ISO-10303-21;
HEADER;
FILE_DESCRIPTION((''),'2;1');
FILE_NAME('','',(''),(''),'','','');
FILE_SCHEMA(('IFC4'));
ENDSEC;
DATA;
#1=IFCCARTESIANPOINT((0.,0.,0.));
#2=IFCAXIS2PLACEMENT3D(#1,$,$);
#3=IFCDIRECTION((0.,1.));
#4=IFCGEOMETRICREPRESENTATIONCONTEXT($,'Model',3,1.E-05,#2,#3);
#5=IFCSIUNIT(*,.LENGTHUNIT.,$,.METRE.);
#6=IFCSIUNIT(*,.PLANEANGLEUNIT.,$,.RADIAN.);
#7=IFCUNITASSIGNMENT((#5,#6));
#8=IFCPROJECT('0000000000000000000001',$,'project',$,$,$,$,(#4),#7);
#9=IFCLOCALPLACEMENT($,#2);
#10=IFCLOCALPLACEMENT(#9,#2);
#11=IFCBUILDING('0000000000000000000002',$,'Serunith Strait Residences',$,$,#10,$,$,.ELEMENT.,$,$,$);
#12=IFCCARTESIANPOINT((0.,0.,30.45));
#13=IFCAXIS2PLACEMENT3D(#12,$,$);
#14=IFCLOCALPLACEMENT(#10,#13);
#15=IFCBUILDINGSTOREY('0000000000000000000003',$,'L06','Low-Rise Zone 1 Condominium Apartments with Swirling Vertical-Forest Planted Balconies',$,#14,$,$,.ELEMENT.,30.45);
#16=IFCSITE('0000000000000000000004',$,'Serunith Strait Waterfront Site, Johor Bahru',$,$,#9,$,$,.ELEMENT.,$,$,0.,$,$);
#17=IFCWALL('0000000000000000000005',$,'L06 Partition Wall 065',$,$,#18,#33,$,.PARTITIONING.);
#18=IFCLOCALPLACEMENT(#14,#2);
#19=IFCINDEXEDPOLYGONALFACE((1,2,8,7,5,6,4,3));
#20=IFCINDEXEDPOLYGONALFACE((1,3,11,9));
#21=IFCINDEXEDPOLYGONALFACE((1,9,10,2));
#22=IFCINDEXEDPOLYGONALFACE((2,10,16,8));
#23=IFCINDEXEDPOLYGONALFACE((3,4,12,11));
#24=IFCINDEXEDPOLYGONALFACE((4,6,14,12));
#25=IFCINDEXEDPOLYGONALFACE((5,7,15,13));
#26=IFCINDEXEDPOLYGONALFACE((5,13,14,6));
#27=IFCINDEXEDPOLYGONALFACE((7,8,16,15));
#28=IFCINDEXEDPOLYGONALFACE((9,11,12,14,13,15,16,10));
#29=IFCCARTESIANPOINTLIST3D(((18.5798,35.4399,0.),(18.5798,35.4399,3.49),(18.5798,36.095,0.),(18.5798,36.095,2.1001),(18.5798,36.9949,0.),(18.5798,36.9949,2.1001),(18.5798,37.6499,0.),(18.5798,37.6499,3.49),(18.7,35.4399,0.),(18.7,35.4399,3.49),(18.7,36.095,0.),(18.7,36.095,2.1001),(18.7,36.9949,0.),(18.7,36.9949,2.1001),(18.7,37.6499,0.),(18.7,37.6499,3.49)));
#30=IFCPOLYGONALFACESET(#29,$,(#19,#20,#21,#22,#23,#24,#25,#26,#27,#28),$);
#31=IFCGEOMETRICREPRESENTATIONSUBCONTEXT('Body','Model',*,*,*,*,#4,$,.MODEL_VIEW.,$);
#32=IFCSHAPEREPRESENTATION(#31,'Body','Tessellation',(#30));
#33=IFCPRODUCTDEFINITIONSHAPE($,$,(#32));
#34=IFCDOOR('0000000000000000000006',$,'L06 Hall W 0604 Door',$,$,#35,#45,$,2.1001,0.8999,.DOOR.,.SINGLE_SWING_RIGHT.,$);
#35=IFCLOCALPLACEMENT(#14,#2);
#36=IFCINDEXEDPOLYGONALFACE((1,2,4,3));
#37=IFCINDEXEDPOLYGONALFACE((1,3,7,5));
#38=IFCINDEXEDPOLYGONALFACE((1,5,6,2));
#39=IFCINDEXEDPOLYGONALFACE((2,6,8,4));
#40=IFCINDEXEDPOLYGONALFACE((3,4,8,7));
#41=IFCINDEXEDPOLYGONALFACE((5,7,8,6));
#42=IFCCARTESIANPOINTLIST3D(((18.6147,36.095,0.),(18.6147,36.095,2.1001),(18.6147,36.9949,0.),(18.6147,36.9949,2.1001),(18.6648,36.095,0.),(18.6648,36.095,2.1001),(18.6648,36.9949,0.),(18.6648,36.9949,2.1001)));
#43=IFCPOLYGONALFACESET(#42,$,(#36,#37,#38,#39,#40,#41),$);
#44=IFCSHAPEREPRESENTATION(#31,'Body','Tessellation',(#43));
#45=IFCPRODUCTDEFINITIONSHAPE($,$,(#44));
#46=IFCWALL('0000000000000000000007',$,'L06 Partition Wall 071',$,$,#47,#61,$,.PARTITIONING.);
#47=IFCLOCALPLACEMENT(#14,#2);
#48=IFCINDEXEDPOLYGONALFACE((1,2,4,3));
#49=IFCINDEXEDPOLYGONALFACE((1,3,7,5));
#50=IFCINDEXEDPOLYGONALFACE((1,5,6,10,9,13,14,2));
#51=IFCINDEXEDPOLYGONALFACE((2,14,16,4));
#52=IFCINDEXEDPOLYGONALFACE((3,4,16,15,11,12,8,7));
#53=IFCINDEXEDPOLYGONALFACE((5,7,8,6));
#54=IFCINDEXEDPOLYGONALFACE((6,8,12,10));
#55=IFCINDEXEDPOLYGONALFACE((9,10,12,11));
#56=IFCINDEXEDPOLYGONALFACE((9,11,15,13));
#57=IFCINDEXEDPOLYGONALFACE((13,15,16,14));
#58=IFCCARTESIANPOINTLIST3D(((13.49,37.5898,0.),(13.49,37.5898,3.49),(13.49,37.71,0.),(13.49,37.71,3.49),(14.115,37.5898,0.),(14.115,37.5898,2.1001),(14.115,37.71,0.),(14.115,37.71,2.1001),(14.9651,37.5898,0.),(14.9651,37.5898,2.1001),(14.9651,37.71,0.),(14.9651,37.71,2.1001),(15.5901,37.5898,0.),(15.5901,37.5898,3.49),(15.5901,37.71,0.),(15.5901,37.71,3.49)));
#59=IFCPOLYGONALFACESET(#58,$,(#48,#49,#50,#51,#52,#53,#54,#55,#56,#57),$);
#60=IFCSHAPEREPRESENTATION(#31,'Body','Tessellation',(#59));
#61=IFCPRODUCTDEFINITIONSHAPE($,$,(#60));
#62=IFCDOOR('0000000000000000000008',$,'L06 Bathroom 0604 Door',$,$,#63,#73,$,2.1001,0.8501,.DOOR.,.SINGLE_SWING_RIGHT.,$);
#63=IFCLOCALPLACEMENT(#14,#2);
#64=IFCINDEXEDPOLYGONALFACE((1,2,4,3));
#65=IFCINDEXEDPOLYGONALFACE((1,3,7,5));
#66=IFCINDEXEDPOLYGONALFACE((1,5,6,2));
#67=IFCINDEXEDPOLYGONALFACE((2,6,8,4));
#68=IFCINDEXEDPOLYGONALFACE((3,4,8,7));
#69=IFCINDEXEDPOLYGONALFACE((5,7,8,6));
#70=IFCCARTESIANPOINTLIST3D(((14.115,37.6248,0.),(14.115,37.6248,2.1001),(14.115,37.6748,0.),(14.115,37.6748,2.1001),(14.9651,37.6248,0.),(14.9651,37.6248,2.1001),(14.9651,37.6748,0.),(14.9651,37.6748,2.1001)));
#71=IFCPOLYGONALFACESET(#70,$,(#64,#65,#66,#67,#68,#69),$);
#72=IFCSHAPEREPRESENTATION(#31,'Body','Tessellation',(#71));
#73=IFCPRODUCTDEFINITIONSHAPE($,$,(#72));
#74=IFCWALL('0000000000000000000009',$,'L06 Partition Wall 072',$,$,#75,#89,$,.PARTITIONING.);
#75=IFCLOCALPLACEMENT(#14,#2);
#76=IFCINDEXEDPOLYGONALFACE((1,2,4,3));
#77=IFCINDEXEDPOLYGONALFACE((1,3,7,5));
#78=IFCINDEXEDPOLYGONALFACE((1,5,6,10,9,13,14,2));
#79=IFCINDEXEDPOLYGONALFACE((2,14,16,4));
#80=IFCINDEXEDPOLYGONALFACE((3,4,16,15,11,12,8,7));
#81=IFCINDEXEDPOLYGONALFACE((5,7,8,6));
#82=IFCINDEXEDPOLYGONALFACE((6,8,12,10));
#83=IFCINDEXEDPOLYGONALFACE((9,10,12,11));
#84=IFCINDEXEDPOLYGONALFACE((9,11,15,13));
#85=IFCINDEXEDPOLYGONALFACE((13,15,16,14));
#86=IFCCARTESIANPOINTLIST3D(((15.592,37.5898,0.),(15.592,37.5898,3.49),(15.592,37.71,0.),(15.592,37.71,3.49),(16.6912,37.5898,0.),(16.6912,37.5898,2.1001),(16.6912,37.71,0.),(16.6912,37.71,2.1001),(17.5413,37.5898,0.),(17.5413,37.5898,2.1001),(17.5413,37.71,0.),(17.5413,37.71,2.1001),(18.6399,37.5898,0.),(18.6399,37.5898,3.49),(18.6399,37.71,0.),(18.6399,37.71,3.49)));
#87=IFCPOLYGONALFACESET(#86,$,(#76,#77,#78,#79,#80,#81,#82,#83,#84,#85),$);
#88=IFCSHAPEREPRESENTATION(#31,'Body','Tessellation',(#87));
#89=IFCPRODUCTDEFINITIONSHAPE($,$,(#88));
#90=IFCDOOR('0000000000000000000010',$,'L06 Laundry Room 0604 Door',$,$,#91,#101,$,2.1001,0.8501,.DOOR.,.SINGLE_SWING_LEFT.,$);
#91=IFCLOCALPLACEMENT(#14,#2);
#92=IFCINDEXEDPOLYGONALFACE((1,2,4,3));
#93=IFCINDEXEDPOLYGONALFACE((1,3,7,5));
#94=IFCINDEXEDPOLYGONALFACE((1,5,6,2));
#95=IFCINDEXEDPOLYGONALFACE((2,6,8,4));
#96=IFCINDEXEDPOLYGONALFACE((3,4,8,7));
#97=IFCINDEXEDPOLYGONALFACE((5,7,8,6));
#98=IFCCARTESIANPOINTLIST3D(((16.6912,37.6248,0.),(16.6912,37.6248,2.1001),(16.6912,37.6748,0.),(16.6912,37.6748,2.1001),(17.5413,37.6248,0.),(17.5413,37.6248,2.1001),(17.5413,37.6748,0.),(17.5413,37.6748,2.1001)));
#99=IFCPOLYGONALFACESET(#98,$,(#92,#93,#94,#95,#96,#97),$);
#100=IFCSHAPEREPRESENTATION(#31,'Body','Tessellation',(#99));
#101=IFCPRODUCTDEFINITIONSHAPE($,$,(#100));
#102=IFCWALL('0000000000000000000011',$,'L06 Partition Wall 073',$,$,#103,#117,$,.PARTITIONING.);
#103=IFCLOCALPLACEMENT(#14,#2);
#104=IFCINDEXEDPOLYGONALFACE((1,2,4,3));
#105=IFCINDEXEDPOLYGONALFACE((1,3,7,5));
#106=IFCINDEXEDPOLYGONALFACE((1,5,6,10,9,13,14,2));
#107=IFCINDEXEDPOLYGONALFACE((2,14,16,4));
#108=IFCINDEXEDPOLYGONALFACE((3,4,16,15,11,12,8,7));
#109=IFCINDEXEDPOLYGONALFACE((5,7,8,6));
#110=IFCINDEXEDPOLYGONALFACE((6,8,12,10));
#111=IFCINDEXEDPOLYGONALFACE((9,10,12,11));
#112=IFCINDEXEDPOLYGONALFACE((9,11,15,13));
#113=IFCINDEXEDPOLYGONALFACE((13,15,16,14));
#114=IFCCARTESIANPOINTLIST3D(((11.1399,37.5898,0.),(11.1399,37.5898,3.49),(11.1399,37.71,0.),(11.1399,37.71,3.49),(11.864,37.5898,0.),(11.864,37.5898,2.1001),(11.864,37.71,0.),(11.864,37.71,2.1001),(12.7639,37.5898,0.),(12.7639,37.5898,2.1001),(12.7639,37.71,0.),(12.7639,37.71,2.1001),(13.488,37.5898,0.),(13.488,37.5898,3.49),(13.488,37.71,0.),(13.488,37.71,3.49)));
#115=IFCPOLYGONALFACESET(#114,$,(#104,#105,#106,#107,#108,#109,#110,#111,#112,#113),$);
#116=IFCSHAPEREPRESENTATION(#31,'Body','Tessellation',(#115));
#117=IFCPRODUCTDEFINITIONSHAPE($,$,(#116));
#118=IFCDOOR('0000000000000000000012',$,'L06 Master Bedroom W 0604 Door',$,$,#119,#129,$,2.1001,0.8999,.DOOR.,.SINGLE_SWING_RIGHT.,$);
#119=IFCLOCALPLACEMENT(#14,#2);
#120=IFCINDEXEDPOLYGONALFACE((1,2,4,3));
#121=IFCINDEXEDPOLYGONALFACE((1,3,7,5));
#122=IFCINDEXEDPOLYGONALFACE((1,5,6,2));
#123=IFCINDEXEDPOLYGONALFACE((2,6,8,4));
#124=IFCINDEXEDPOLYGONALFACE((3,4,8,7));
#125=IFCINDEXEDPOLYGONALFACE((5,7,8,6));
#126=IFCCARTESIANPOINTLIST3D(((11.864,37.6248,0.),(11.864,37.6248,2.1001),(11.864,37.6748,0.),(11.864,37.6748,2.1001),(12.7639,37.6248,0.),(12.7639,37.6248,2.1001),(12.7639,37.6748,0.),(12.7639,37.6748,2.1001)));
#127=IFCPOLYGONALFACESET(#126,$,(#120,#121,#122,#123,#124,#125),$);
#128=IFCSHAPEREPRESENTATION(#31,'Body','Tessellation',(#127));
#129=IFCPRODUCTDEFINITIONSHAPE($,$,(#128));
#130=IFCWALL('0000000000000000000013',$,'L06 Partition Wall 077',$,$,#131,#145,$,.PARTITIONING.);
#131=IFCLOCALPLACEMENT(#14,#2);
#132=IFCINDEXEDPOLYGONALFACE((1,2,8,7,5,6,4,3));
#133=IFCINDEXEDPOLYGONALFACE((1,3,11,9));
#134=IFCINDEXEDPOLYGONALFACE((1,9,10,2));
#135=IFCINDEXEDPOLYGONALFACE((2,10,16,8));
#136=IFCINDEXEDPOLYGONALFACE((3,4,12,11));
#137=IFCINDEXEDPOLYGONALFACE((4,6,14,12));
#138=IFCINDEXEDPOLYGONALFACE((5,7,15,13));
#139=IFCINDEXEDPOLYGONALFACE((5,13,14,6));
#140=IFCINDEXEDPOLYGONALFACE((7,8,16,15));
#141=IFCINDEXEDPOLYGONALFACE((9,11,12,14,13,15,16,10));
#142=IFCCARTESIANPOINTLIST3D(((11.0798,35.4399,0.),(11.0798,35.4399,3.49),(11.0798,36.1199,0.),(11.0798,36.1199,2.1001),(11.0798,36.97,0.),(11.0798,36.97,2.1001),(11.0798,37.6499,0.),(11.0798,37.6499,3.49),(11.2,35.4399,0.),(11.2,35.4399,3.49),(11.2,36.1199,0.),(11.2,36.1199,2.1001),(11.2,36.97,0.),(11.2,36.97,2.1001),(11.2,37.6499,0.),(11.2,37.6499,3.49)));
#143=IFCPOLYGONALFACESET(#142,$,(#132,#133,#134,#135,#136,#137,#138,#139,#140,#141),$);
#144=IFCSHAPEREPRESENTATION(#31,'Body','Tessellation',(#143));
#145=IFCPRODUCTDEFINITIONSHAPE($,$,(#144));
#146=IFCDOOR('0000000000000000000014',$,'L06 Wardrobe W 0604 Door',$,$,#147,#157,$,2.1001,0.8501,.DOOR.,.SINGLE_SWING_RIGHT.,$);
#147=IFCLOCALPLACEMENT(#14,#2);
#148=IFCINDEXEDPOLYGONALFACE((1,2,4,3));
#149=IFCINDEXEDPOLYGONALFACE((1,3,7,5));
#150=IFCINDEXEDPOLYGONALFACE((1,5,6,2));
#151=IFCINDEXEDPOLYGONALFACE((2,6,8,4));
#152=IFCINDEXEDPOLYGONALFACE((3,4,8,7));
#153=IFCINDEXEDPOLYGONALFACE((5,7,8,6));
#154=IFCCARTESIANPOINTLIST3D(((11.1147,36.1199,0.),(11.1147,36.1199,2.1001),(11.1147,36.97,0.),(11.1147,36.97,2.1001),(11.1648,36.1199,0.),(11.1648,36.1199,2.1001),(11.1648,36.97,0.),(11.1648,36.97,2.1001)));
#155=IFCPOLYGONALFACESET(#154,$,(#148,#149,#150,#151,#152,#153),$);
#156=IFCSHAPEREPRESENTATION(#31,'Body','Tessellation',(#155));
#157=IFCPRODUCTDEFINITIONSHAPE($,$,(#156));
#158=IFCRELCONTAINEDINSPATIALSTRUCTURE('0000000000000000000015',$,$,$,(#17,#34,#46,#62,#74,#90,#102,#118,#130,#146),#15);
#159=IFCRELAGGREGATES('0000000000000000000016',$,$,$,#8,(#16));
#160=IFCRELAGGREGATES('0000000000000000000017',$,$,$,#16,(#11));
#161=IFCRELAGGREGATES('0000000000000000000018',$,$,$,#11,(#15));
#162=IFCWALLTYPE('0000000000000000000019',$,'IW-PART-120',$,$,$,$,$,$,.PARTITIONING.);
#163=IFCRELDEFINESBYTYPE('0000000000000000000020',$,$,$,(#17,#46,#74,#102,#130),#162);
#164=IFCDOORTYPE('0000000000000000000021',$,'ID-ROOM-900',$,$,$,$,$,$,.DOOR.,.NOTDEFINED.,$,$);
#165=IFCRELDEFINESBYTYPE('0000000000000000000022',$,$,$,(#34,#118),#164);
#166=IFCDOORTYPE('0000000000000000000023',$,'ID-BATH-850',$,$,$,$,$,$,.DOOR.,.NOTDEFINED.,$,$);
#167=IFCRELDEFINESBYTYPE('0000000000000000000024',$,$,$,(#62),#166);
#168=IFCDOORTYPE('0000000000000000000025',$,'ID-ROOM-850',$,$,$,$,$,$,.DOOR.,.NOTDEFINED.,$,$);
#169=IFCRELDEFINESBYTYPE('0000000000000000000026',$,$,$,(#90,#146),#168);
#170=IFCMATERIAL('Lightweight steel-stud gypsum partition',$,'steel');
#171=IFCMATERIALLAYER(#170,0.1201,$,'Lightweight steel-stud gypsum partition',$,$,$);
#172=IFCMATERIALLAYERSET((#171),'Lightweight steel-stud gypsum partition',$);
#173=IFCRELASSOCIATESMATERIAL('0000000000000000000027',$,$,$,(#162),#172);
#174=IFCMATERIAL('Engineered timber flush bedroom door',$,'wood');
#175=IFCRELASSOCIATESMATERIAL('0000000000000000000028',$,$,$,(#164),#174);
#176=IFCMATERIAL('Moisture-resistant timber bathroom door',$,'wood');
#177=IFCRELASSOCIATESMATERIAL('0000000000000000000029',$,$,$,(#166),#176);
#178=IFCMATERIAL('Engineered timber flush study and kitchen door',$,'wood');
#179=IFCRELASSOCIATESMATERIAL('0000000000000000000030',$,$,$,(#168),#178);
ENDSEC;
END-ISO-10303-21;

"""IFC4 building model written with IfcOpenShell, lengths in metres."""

from ifc_helpers import new_model, si_unit, direction, frame, frame_2d, origin, place, context, subcontext, project, spatial, rectangle, extrude, source, transform, mapped, material, layer, layer_set, type_object, element, fill, save


model = new_model("IFC4")

# Units and contexts
model_context = context("Model", 3, precision=1e-05, world=origin(), true_north=direction((0.0, 1.0)))
body_context = subcontext(model_context, "Body", "Model", "MODEL_VIEW")
ifc_project = project(units=[si_unit("LENGTHUNIT", "METRE"), si_unit("PLANEANGLEUNIT", "RADIAN")], contexts=[model_context])

# Site, building, storey
site_placement = place(None, origin())
site = spatial("IfcSite", under=ifc_project, at=site_placement, Name="Serunith Strait Waterfront Site, Johor Bahru", CompositionType="ELEMENT", RefElevation=0.0)
building_placement = place(site_placement, origin())
building = spatial("IfcBuilding", under=site, at=building_placement, Name="Serunith Strait Residences", CompositionType="ELEMENT")
storey_placement = place(building_placement, frame((0.0, 0.0, 30.45)))
storey = spatial("IfcBuildingStorey", under=building, at=storey_placement, Name="L06", Description="Low-Rise Zone 1 Condominium Apartments with Swirling Vertical-Forest Planted Balconies", CompositionType="ELEMENT", Elevation=30.45)

# Walls, openings, doors
ifc_material_1 = material(Name="Lightweight steel-stud gypsum partition", Category="steel")
ifc_layer_1 = layer(ifc_material_1, 0.1201, Name="Lightweight steel-stud gypsum partition")
ifc_layer_set_1 = layer_set([ifc_layer_1], Name="Lightweight steel-stud gypsum partition")
wall_type_1 = type_object("IfcWallType", Name="IW-PART-120", PredefinedType="PARTITIONING", material=ifc_layer_set_1)
wall_1_placement = place(storey_placement, frame((18.6399, 37.6499, 0.0), z_axis=(0.0, 0.0, 1.0), x_axis=(0.0, -1.0, 0.0)))
wall_1 = element("IfcWall", 1, at=wall_1_placement, inside=storey, type_object=wall_type_1, Name="L06 Partition Wall 065", PredefinedType="PARTITIONING", context=body_context, shape_type="SweptSolid", body=[
    extrude(rectangle(XDim=2.21, YDim=0.1201, at=frame_2d((1.105, 0.0))), origin(), (0.0, 0.0, 1.0), 3.49),
])
opening_1_placement = place(wall_1_placement, frame((0.655, 0.0, 0.0)))
opening_1 = element("IfcOpeningElement", 2, at=opening_1_placement, cuts=wall_1, PredefinedType="OPENING", context=body_context, shape_type="SweptSolid", body=[
    extrude(rectangle(XDim=0.8999, YDim=2.1001, at=frame_2d((0.45, 1.05))), frame((0.0, 0.0701, 0.0), z_axis=(0.0, -1.0, 0.0), x_axis=(1.0, 0.0, 0.0)), (0.0, 0.0, 1.0), 0.1401),
])
ifc_material_2 = material(Name="Engineered timber flush bedroom door", Category="wood")
door_type_1 = type_object("IfcDoorType", Name="ID-ROOM-900", OperationType="NOTDEFINED", PredefinedType="DOOR", material=ifc_material_2)
shared_shape_1 = source(origin(), body_context, "Body", "SweptSolid", [
    extrude(rectangle(XDim=0.8999, YDim=2.1001, at=frame_2d((0.45, 1.05))), frame((0.0, 0.0249, 0.0), z_axis=(0.0, -1.0, 0.0), x_axis=(1.0, 0.0, 0.0)), (0.0, 0.0, 1.0), 0.05),
])
door_1_placement = place(opening_1_placement, origin())
door_1 = element("IfcDoor", 3, at=door_1_placement, inside=storey, type_object=door_type_1, Name="L06 Hall W 0604 Door", OperationType="SINGLE_SWING_RIGHT", OverallHeight=2.1001, OverallWidth=0.8999, PredefinedType="DOOR", context=body_context, shape_type="MappedRepresentation", body=[
    mapped(shared_shape_1, transform((0.0, 0.0, 0.0), scale=1.0)),
])
fill(opening_1, door_1)
wall_2_placement = place(storey_placement, frame((13.49, 37.6499, 0.0), z_axis=(0.0, 0.0, 1.0), x_axis=(1.0, 0.0, 0.0)))
wall_2 = element("IfcWall", 4, at=wall_2_placement, inside=storey, type_object=wall_type_1, Name="L06 Partition Wall 071", PredefinedType="PARTITIONING", context=body_context, shape_type="SweptSolid", body=[
    extrude(rectangle(XDim=2.1001, YDim=0.1201, at=frame_2d((1.05, 0.0))), origin(), (0.0, 0.0, 1.0), 3.49),
])
opening_2_placement = place(wall_2_placement, frame((0.625, 0.0, 0.0)))
opening_2 = element("IfcOpeningElement", 5, at=opening_2_placement, cuts=wall_2, PredefinedType="OPENING", context=body_context, shape_type="SweptSolid", body=[
    extrude(rectangle(XDim=0.8501, YDim=2.1001, at=frame_2d((0.425, 1.05))), frame((0.0, 0.0701, 0.0), z_axis=(0.0, -1.0, 0.0), x_axis=(1.0, 0.0, 0.0)), (0.0, 0.0, 1.0), 0.1401),
])
ifc_material_3 = material(Name="Moisture-resistant timber bathroom door", Category="wood")
door_type_2 = type_object("IfcDoorType", Name="ID-BATH-850", OperationType="NOTDEFINED", PredefinedType="DOOR", material=ifc_material_3)
shared_shape_2 = source(origin(), body_context, "Body", "SweptSolid", [
    extrude(rectangle(XDim=0.8501, YDim=2.1001, at=frame_2d((0.425, 1.05))), frame((0.0, 0.0249, 0.0), z_axis=(0.0, -1.0, 0.0), x_axis=(1.0, 0.0, 0.0)), (0.0, 0.0, 1.0), 0.05),
])
door_2_placement = place(opening_2_placement, origin())
door_2 = element("IfcDoor", 6, at=door_2_placement, inside=storey, type_object=door_type_2, Name="L06 Bathroom 0604 Door", OperationType="SINGLE_SWING_RIGHT", OverallHeight=2.1001, OverallWidth=0.8501, PredefinedType="DOOR", context=body_context, shape_type="MappedRepresentation", body=[
    mapped(shared_shape_2, transform((0.0, 0.0, 0.0), scale=1.0)),
])
fill(opening_2, door_2)
wall_3_placement = place(storey_placement, frame((15.592, 37.6499, 0.0), z_axis=(0.0, 0.0, 1.0), x_axis=(1.0, 0.0, 0.0)))
wall_3 = element("IfcWall", 7, at=wall_3_placement, inside=storey, type_object=wall_type_1, Name="L06 Partition Wall 072", PredefinedType="PARTITIONING", context=body_context, shape_type="SweptSolid", body=[
    extrude(rectangle(XDim=3.0479, YDim=0.1201, at=frame_2d((1.5239, 0.0))), origin(), (0.0, 0.0, 1.0), 3.49),
])
opening_3_placement = place(wall_3_placement, frame((1.0991, 0.0, 0.0)))
opening_3 = element("IfcOpeningElement", 8, at=opening_3_placement, cuts=wall_3, PredefinedType="OPENING", context=body_context, shape_type="SweptSolid", body=[
    extrude(rectangle(XDim=0.8501, YDim=2.1001, at=frame_2d((0.425, 1.05))), frame((0.0, 0.0701, 0.0), z_axis=(0.0, -1.0, 0.0), x_axis=(1.0, 0.0, 0.0)), (0.0, 0.0, 1.0), 0.1401),
])
ifc_material_4 = material(Name="Engineered timber flush study and kitchen door", Category="wood")
door_type_3 = type_object("IfcDoorType", Name="ID-ROOM-850", OperationType="NOTDEFINED", PredefinedType="DOOR", material=ifc_material_4)
door_3_placement = place(opening_3_placement, origin())
door_3 = element("IfcDoor", 9, at=door_3_placement, inside=storey, type_object=door_type_3, Name="L06 Laundry Room 0604 Door", OperationType="SINGLE_SWING_LEFT", OverallHeight=2.1001, OverallWidth=0.8501, PredefinedType="DOOR", context=body_context, shape_type="MappedRepresentation", body=[
    mapped(shared_shape_2, transform((0.0, 0.0, 0.0), scale=1.0)),
])
fill(opening_3, door_3)
wall_4_placement = place(storey_placement, frame((11.1399, 37.6499, 0.0), z_axis=(0.0, 0.0, 1.0), x_axis=(1.0, 0.0, 0.0)))
wall_4 = element("IfcWall", 10, at=wall_4_placement, inside=storey, type_object=wall_type_1, Name="L06 Partition Wall 073", PredefinedType="PARTITIONING", context=body_context, shape_type="SweptSolid", body=[
    extrude(rectangle(XDim=2.3481, YDim=0.1201, at=frame_2d((1.1741, 0.0))), origin(), (0.0, 0.0, 1.0), 3.49),
])
opening_4_placement = place(wall_4_placement, frame((0.7241, 0.0, 0.0)))
opening_4 = element("IfcOpeningElement", 11, at=opening_4_placement, cuts=wall_4, PredefinedType="OPENING", context=body_context, shape_type="SweptSolid", body=[
    extrude(rectangle(XDim=0.8999, YDim=2.1001, at=frame_2d((0.45, 1.05))), frame((0.0, 0.0701, 0.0), z_axis=(0.0, -1.0, 0.0), x_axis=(1.0, 0.0, 0.0)), (0.0, 0.0, 1.0), 0.1401),
])
door_4_placement = place(opening_4_placement, origin())
door_4 = element("IfcDoor", 12, at=door_4_placement, inside=storey, type_object=door_type_1, Name="L06 Master Bedroom W 0604 Door", OperationType="SINGLE_SWING_RIGHT", OverallHeight=2.1001, OverallWidth=0.8999, PredefinedType="DOOR", context=body_context, shape_type="MappedRepresentation", body=[
    mapped(shared_shape_1, transform((0.0, 0.0, 0.0), scale=1.0)),
])
fill(opening_4, door_4)
wall_5_placement = place(storey_placement, frame((11.1399, 37.6499, 0.0), z_axis=(0.0, 0.0, 1.0), x_axis=(0.0, -1.0, 0.0)))
wall_5 = element("IfcWall", 13, at=wall_5_placement, inside=storey, type_object=wall_type_1, Name="L06 Partition Wall 077", PredefinedType="PARTITIONING", context=body_context, shape_type="SweptSolid", body=[
    extrude(rectangle(XDim=2.21, YDim=0.1201, at=frame_2d((1.105, 0.0))), origin(), (0.0, 0.0, 1.0), 3.49),
])
opening_5_placement = place(wall_5_placement, frame((0.6799, 0.0, 0.0)))
opening_5 = element("IfcOpeningElement", 14, at=opening_5_placement, cuts=wall_5, PredefinedType="OPENING", context=body_context, shape_type="SweptSolid", body=[
    extrude(rectangle(XDim=0.8501, YDim=2.1001, at=frame_2d((0.425, 1.05))), frame((0.0, 0.0701, 0.0), z_axis=(0.0, -1.0, 0.0), x_axis=(1.0, 0.0, 0.0)), (0.0, 0.0, 1.0), 0.1401),
])
door_5_placement = place(opening_5_placement, origin())
door_5 = element("IfcDoor", 15, at=door_5_placement, inside=storey, type_object=door_type_3, Name="L06 Wardrobe W 0604 Door", OperationType="SINGLE_SWING_RIGHT", OverallHeight=2.1001, OverallWidth=0.8501, PredefinedType="DOOR", context=body_context, shape_type="MappedRepresentation", body=[
    mapped(shared_shape_2, transform((0.0, 0.0, 0.0), scale=1.0)),
])
fill(opening_5, door_5)

save(model, "model.ifc")
